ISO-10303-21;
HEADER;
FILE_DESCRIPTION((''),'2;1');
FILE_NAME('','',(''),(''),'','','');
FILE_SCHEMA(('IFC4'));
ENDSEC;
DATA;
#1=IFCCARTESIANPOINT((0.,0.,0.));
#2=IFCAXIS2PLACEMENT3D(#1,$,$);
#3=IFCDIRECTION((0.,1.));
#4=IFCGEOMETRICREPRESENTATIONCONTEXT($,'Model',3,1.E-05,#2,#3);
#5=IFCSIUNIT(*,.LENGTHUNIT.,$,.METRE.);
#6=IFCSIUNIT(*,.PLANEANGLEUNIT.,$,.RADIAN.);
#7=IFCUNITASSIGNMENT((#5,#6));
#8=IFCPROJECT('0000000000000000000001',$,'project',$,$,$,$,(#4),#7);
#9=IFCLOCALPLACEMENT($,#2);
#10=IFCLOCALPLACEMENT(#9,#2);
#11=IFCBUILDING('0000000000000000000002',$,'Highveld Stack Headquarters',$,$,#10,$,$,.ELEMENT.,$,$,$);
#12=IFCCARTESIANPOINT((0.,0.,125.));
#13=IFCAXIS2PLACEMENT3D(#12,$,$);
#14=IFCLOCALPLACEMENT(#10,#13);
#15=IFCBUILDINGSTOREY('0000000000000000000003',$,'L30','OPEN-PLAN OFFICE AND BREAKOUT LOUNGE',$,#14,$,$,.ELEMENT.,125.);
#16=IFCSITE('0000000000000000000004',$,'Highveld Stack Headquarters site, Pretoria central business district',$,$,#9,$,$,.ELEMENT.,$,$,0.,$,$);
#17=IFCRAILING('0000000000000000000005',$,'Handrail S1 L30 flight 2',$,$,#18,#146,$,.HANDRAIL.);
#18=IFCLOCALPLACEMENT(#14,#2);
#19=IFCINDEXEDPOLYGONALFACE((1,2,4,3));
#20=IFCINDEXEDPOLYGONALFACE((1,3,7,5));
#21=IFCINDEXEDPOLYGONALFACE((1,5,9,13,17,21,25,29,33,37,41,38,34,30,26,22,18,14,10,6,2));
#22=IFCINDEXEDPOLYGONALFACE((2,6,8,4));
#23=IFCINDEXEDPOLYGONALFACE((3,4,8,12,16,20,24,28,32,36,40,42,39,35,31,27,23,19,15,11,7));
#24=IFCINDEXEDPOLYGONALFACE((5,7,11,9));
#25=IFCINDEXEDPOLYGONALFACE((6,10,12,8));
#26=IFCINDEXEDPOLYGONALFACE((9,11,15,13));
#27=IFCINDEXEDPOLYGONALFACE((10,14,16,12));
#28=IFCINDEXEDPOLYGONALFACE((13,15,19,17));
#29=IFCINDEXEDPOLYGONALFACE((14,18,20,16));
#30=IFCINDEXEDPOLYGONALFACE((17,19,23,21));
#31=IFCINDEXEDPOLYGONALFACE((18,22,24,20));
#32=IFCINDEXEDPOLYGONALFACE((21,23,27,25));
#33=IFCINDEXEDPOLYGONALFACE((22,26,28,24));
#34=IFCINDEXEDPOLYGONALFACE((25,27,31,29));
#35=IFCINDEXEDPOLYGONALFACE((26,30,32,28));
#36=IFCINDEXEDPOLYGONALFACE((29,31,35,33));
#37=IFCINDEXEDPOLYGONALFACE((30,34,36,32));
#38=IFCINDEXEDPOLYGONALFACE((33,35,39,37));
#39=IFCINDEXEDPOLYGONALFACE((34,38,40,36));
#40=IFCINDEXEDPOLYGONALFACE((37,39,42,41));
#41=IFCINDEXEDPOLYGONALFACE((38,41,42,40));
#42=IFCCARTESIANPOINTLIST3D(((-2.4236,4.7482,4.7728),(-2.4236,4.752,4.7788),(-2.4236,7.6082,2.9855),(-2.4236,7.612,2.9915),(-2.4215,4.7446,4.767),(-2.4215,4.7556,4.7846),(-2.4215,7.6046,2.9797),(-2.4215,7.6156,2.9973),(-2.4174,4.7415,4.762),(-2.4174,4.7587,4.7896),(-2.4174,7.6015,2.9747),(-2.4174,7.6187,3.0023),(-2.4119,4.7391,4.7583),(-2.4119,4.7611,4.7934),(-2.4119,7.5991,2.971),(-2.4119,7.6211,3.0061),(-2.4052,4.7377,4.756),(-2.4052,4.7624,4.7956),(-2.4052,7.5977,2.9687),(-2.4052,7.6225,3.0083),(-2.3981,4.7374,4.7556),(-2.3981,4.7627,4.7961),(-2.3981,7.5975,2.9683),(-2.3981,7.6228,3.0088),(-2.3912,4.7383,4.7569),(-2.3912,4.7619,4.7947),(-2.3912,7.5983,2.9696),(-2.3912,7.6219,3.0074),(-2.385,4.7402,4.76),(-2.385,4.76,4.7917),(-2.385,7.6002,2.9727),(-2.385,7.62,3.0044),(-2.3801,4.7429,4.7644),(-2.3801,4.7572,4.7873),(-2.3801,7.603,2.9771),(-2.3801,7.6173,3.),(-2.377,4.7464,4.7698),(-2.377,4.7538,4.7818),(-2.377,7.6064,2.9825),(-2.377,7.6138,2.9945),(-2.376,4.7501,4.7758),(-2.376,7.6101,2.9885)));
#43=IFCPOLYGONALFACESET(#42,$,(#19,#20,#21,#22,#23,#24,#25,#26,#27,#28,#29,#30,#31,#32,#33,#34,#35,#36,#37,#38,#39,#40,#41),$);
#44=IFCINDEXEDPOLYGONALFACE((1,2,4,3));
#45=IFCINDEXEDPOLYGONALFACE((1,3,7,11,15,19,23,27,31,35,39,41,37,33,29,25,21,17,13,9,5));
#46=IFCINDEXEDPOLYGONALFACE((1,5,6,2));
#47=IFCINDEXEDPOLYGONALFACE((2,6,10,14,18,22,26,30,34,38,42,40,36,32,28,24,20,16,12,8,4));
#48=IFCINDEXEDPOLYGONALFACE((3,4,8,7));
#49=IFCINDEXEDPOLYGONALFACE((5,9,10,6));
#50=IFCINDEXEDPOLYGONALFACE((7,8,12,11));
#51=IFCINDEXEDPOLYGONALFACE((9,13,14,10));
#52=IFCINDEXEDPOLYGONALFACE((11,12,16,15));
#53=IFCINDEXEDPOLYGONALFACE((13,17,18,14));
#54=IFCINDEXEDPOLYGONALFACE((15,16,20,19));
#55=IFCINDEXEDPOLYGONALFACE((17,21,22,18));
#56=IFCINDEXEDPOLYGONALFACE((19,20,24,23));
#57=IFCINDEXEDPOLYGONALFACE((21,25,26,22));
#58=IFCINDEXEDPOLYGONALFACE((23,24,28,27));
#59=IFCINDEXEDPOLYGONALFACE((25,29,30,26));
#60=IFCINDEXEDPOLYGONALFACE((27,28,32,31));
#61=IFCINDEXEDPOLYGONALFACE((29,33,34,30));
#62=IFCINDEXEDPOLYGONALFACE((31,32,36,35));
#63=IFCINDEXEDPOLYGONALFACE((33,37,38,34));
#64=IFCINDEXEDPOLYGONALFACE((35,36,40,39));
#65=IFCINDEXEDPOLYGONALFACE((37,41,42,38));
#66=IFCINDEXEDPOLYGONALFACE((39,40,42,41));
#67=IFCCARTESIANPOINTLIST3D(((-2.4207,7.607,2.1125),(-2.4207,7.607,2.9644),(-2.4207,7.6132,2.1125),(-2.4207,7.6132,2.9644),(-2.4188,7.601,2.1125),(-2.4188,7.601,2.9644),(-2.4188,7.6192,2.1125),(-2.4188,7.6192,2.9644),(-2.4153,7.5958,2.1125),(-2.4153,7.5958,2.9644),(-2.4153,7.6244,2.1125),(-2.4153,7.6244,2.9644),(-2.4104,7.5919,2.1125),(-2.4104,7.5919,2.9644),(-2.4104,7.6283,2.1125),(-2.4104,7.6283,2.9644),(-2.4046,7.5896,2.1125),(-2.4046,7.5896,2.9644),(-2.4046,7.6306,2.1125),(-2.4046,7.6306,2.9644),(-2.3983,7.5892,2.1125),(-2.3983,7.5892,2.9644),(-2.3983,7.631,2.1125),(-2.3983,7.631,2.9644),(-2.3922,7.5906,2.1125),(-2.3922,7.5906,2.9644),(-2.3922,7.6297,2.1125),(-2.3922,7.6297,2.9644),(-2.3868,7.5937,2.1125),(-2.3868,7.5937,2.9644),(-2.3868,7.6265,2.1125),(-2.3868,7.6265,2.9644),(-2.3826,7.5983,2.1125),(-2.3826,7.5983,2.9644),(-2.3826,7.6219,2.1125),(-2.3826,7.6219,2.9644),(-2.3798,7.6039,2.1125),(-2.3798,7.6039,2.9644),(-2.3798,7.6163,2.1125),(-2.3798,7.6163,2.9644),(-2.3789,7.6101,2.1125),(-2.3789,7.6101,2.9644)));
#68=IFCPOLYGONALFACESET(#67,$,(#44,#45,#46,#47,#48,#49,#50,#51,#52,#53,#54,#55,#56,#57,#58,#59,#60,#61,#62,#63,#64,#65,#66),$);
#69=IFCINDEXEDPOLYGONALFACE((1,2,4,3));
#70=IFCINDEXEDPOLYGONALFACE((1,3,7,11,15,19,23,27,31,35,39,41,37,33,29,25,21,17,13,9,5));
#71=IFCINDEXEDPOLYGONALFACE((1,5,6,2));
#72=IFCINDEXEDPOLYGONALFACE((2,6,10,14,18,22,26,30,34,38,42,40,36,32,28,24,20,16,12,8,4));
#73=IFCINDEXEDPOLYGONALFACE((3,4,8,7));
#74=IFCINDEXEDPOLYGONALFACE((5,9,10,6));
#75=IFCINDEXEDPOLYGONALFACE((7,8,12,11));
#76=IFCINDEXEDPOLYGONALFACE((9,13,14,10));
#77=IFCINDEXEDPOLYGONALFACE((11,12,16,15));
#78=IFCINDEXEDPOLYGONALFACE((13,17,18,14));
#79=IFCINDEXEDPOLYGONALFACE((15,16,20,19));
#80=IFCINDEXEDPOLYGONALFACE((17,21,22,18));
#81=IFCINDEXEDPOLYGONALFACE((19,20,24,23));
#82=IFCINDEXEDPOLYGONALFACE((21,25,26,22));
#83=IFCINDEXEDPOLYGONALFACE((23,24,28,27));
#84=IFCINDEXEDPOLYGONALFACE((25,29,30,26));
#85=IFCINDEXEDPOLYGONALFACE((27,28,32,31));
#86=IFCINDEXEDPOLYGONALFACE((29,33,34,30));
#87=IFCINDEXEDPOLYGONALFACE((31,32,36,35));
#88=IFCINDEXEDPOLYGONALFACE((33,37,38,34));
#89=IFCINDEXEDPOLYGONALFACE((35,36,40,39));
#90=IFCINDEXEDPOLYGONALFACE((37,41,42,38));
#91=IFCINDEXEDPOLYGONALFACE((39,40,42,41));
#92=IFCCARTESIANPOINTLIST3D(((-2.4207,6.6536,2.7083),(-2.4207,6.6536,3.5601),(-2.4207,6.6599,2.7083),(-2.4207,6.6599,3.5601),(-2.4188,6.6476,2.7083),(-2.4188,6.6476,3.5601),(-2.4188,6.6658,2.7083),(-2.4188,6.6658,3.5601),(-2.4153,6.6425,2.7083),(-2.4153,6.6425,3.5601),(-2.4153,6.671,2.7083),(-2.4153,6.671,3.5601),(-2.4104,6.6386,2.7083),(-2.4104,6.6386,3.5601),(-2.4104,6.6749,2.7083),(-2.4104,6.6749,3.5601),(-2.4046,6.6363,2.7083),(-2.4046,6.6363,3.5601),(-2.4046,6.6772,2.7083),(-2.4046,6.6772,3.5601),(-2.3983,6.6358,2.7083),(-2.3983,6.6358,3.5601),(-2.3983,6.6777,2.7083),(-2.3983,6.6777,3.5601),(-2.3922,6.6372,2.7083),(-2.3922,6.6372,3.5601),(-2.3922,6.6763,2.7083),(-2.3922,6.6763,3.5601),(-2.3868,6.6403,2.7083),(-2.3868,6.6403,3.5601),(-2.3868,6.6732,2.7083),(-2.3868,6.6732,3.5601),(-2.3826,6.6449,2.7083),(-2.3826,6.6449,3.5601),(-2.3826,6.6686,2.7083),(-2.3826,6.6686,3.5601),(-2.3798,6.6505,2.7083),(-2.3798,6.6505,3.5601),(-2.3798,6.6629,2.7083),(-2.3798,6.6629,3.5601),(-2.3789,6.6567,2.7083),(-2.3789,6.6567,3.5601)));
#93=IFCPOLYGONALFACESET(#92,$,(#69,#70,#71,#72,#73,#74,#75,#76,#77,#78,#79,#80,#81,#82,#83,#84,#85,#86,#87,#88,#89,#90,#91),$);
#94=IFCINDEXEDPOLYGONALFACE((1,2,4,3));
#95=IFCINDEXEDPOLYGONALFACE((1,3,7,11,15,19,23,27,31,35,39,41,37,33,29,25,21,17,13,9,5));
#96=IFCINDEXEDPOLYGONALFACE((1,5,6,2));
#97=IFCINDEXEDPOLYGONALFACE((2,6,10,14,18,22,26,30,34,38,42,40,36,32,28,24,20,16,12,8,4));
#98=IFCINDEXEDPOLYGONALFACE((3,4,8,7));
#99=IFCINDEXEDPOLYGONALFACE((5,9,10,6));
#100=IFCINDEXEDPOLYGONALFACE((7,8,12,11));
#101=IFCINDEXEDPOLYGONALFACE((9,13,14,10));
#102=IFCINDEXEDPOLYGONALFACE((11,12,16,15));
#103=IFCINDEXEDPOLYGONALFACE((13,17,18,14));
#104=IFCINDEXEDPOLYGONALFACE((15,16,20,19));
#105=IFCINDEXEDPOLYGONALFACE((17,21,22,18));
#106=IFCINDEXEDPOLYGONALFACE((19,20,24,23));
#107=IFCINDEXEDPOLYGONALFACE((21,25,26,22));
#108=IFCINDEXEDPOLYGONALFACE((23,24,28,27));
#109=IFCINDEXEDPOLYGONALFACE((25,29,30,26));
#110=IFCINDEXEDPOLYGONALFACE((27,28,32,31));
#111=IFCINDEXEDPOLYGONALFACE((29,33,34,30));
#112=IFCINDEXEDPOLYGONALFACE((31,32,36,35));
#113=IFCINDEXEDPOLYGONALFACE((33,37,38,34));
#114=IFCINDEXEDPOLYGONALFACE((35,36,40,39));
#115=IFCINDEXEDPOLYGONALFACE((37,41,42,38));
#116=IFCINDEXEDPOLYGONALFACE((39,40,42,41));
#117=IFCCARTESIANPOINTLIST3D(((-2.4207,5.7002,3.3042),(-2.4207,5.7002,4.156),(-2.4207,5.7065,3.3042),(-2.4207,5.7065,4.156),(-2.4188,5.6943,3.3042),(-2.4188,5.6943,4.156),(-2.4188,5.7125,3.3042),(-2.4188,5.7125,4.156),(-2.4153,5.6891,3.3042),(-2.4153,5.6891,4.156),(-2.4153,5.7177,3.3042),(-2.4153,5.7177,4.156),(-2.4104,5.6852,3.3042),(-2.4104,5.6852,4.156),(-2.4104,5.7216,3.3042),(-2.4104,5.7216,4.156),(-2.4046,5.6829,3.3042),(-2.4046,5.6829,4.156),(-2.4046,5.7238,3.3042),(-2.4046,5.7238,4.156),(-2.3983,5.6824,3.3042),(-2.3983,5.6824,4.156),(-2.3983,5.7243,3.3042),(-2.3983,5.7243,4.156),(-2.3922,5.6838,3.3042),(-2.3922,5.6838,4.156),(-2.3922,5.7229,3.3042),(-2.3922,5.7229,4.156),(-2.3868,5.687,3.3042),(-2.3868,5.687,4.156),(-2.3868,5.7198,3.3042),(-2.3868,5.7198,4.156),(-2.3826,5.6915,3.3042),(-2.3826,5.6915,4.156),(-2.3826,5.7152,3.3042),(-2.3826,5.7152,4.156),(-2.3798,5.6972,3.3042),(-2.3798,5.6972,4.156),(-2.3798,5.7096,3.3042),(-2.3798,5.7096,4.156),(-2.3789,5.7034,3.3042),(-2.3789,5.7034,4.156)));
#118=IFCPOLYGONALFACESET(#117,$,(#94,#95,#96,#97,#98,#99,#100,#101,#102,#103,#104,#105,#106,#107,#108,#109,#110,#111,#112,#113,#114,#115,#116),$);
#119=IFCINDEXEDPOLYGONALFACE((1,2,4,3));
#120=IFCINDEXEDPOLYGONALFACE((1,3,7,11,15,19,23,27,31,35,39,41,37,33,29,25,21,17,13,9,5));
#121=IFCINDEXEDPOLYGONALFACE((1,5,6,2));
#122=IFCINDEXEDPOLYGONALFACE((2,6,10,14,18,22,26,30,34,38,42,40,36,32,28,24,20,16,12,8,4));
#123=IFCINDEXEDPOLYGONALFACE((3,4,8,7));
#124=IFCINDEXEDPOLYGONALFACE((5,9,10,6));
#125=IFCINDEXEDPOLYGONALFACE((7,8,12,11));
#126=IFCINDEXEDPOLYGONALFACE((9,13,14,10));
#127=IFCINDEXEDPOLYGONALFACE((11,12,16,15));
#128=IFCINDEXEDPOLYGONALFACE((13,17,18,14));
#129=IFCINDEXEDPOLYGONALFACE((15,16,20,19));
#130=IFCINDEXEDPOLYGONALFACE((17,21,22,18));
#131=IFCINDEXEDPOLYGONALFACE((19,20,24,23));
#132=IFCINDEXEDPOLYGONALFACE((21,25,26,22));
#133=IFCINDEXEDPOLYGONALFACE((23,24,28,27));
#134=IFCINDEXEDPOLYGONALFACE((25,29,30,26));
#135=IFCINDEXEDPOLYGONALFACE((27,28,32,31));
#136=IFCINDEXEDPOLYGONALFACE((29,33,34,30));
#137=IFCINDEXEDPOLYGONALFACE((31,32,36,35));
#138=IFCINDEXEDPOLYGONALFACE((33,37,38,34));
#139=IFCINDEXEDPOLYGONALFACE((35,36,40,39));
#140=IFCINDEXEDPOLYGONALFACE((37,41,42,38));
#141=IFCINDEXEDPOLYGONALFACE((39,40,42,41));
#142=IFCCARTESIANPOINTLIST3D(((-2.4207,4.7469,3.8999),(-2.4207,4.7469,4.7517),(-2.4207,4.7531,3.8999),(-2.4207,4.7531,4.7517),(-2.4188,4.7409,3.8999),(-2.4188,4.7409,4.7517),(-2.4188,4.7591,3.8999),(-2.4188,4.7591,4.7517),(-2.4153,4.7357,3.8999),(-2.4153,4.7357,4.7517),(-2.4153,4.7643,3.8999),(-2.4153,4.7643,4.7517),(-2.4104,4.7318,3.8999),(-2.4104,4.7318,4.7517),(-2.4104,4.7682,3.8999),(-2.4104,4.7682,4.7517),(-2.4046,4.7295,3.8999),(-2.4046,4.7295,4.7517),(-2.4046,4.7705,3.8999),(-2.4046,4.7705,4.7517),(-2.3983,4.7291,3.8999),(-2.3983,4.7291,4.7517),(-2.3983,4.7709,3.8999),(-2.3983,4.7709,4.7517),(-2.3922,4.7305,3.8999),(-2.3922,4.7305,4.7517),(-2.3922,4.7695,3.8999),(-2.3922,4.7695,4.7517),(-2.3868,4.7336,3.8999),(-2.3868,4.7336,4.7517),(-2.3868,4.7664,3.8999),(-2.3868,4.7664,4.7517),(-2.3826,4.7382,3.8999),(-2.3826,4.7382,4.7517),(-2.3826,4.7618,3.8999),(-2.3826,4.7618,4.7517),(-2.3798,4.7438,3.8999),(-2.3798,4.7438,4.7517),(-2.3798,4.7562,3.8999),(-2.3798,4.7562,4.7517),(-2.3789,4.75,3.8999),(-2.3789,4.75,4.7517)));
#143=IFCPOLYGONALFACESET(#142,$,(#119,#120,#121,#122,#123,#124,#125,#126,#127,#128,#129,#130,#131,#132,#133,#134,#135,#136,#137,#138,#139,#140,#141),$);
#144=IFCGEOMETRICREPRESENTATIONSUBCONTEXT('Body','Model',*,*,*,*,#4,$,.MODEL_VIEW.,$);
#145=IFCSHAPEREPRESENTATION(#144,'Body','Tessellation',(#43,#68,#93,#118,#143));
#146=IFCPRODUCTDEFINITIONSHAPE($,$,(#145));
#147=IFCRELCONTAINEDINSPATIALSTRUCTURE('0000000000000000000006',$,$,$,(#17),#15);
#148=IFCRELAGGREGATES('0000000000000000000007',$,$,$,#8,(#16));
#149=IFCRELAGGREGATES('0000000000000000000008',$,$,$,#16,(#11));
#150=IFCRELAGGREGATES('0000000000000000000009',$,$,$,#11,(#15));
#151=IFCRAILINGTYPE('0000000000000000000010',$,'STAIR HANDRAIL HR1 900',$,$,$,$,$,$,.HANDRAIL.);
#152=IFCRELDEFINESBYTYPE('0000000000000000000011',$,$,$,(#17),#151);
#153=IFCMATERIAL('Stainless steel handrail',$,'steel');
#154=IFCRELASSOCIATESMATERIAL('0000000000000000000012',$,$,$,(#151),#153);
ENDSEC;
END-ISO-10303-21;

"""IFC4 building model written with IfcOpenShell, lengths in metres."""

from ifc_helpers import new_model, si_unit, direction, frame, origin, origin_2d, place, context, subcontext, project, spatial, circle, extrude, material, type_object, element, save


model = new_model("IFC4")

# Units and contexts
model_context = context("Model", 3, precision=1e-05, world=origin(), true_north=direction((0.0, 1.0)))
body_context = subcontext(model_context, "Body", "Model", "MODEL_VIEW")
ifc_project = project(units=[si_unit("LENGTHUNIT", "METRE"), si_unit("PLANEANGLEUNIT", "RADIAN")], contexts=[model_context])

# Site, building, storey
site_placement = place(None, origin())
site = spatial("IfcSite", under=ifc_project, at=site_placement, Name="Highveld Stack Headquarters site, Pretoria central business district", CompositionType="ELEMENT", RefElevation=0.0)
building_placement = place(site_placement, origin())
building = spatial("IfcBuilding", under=site, at=building_placement, Name="Highveld Stack Headquarters", CompositionType="ELEMENT")
storey_placement = place(building_placement, frame((0.0, 0.0, 125.0)))
storey = spatial("IfcBuildingStorey", under=building, at=storey_placement, Name="L30", Description="OPEN-PLAN OFFICE AND BREAKOUT LOUNGE", CompositionType="ELEMENT", Elevation=125.0)

# Railing
ifc_material_1 = material(Name="Stainless steel handrail", Category="steel")
railing_type = type_object("IfcRailingType", Name="STAIR HANDRAIL HR1 900", PredefinedType="HANDRAIL", material=ifc_material_1)
for number, where, name in (
    (1, (-2.3999, 7.6101, 2.1125), "Handrail S1 L30 flight 2"),
):
    element("IfcRailing", number, at=place(storey_placement, frame(where)), inside=storey, type_object=railing_type, Name=name, PredefinedType="HANDRAIL", context=body_context, shape_type="SweptSolid", body=[
        extrude(circle(Radius=0.0239, at=origin_2d()), frame((0.0, 0.0, 0.876), z_axis=(0.0, -0.848027, 0.529953), x_axis=(1.0, 0.0, 0.0)), (0.0, 0.0, 1.0), 3.3726),
        extrude(circle(Radius=0.021, at=origin_2d()), origin(), (0.0, 0.0, 1.0), 0.8518),
        extrude(circle(Radius=0.021, at=origin_2d()), frame((0.0, -0.9534, 0.5957)), (0.0, 0.0, 1.0), 0.8518),
        extrude(circle(Radius=0.021, at=origin_2d()), frame((0.0, -1.9067, 1.1917)), (0.0, 0.0, 1.0), 0.8518),
        extrude(circle(Radius=0.021, at=origin_2d()), frame((0.0, -2.8601, 1.7874)), (0.0, 0.0, 1.0), 0.8518),
    ])

save(model, "model.ifc")
